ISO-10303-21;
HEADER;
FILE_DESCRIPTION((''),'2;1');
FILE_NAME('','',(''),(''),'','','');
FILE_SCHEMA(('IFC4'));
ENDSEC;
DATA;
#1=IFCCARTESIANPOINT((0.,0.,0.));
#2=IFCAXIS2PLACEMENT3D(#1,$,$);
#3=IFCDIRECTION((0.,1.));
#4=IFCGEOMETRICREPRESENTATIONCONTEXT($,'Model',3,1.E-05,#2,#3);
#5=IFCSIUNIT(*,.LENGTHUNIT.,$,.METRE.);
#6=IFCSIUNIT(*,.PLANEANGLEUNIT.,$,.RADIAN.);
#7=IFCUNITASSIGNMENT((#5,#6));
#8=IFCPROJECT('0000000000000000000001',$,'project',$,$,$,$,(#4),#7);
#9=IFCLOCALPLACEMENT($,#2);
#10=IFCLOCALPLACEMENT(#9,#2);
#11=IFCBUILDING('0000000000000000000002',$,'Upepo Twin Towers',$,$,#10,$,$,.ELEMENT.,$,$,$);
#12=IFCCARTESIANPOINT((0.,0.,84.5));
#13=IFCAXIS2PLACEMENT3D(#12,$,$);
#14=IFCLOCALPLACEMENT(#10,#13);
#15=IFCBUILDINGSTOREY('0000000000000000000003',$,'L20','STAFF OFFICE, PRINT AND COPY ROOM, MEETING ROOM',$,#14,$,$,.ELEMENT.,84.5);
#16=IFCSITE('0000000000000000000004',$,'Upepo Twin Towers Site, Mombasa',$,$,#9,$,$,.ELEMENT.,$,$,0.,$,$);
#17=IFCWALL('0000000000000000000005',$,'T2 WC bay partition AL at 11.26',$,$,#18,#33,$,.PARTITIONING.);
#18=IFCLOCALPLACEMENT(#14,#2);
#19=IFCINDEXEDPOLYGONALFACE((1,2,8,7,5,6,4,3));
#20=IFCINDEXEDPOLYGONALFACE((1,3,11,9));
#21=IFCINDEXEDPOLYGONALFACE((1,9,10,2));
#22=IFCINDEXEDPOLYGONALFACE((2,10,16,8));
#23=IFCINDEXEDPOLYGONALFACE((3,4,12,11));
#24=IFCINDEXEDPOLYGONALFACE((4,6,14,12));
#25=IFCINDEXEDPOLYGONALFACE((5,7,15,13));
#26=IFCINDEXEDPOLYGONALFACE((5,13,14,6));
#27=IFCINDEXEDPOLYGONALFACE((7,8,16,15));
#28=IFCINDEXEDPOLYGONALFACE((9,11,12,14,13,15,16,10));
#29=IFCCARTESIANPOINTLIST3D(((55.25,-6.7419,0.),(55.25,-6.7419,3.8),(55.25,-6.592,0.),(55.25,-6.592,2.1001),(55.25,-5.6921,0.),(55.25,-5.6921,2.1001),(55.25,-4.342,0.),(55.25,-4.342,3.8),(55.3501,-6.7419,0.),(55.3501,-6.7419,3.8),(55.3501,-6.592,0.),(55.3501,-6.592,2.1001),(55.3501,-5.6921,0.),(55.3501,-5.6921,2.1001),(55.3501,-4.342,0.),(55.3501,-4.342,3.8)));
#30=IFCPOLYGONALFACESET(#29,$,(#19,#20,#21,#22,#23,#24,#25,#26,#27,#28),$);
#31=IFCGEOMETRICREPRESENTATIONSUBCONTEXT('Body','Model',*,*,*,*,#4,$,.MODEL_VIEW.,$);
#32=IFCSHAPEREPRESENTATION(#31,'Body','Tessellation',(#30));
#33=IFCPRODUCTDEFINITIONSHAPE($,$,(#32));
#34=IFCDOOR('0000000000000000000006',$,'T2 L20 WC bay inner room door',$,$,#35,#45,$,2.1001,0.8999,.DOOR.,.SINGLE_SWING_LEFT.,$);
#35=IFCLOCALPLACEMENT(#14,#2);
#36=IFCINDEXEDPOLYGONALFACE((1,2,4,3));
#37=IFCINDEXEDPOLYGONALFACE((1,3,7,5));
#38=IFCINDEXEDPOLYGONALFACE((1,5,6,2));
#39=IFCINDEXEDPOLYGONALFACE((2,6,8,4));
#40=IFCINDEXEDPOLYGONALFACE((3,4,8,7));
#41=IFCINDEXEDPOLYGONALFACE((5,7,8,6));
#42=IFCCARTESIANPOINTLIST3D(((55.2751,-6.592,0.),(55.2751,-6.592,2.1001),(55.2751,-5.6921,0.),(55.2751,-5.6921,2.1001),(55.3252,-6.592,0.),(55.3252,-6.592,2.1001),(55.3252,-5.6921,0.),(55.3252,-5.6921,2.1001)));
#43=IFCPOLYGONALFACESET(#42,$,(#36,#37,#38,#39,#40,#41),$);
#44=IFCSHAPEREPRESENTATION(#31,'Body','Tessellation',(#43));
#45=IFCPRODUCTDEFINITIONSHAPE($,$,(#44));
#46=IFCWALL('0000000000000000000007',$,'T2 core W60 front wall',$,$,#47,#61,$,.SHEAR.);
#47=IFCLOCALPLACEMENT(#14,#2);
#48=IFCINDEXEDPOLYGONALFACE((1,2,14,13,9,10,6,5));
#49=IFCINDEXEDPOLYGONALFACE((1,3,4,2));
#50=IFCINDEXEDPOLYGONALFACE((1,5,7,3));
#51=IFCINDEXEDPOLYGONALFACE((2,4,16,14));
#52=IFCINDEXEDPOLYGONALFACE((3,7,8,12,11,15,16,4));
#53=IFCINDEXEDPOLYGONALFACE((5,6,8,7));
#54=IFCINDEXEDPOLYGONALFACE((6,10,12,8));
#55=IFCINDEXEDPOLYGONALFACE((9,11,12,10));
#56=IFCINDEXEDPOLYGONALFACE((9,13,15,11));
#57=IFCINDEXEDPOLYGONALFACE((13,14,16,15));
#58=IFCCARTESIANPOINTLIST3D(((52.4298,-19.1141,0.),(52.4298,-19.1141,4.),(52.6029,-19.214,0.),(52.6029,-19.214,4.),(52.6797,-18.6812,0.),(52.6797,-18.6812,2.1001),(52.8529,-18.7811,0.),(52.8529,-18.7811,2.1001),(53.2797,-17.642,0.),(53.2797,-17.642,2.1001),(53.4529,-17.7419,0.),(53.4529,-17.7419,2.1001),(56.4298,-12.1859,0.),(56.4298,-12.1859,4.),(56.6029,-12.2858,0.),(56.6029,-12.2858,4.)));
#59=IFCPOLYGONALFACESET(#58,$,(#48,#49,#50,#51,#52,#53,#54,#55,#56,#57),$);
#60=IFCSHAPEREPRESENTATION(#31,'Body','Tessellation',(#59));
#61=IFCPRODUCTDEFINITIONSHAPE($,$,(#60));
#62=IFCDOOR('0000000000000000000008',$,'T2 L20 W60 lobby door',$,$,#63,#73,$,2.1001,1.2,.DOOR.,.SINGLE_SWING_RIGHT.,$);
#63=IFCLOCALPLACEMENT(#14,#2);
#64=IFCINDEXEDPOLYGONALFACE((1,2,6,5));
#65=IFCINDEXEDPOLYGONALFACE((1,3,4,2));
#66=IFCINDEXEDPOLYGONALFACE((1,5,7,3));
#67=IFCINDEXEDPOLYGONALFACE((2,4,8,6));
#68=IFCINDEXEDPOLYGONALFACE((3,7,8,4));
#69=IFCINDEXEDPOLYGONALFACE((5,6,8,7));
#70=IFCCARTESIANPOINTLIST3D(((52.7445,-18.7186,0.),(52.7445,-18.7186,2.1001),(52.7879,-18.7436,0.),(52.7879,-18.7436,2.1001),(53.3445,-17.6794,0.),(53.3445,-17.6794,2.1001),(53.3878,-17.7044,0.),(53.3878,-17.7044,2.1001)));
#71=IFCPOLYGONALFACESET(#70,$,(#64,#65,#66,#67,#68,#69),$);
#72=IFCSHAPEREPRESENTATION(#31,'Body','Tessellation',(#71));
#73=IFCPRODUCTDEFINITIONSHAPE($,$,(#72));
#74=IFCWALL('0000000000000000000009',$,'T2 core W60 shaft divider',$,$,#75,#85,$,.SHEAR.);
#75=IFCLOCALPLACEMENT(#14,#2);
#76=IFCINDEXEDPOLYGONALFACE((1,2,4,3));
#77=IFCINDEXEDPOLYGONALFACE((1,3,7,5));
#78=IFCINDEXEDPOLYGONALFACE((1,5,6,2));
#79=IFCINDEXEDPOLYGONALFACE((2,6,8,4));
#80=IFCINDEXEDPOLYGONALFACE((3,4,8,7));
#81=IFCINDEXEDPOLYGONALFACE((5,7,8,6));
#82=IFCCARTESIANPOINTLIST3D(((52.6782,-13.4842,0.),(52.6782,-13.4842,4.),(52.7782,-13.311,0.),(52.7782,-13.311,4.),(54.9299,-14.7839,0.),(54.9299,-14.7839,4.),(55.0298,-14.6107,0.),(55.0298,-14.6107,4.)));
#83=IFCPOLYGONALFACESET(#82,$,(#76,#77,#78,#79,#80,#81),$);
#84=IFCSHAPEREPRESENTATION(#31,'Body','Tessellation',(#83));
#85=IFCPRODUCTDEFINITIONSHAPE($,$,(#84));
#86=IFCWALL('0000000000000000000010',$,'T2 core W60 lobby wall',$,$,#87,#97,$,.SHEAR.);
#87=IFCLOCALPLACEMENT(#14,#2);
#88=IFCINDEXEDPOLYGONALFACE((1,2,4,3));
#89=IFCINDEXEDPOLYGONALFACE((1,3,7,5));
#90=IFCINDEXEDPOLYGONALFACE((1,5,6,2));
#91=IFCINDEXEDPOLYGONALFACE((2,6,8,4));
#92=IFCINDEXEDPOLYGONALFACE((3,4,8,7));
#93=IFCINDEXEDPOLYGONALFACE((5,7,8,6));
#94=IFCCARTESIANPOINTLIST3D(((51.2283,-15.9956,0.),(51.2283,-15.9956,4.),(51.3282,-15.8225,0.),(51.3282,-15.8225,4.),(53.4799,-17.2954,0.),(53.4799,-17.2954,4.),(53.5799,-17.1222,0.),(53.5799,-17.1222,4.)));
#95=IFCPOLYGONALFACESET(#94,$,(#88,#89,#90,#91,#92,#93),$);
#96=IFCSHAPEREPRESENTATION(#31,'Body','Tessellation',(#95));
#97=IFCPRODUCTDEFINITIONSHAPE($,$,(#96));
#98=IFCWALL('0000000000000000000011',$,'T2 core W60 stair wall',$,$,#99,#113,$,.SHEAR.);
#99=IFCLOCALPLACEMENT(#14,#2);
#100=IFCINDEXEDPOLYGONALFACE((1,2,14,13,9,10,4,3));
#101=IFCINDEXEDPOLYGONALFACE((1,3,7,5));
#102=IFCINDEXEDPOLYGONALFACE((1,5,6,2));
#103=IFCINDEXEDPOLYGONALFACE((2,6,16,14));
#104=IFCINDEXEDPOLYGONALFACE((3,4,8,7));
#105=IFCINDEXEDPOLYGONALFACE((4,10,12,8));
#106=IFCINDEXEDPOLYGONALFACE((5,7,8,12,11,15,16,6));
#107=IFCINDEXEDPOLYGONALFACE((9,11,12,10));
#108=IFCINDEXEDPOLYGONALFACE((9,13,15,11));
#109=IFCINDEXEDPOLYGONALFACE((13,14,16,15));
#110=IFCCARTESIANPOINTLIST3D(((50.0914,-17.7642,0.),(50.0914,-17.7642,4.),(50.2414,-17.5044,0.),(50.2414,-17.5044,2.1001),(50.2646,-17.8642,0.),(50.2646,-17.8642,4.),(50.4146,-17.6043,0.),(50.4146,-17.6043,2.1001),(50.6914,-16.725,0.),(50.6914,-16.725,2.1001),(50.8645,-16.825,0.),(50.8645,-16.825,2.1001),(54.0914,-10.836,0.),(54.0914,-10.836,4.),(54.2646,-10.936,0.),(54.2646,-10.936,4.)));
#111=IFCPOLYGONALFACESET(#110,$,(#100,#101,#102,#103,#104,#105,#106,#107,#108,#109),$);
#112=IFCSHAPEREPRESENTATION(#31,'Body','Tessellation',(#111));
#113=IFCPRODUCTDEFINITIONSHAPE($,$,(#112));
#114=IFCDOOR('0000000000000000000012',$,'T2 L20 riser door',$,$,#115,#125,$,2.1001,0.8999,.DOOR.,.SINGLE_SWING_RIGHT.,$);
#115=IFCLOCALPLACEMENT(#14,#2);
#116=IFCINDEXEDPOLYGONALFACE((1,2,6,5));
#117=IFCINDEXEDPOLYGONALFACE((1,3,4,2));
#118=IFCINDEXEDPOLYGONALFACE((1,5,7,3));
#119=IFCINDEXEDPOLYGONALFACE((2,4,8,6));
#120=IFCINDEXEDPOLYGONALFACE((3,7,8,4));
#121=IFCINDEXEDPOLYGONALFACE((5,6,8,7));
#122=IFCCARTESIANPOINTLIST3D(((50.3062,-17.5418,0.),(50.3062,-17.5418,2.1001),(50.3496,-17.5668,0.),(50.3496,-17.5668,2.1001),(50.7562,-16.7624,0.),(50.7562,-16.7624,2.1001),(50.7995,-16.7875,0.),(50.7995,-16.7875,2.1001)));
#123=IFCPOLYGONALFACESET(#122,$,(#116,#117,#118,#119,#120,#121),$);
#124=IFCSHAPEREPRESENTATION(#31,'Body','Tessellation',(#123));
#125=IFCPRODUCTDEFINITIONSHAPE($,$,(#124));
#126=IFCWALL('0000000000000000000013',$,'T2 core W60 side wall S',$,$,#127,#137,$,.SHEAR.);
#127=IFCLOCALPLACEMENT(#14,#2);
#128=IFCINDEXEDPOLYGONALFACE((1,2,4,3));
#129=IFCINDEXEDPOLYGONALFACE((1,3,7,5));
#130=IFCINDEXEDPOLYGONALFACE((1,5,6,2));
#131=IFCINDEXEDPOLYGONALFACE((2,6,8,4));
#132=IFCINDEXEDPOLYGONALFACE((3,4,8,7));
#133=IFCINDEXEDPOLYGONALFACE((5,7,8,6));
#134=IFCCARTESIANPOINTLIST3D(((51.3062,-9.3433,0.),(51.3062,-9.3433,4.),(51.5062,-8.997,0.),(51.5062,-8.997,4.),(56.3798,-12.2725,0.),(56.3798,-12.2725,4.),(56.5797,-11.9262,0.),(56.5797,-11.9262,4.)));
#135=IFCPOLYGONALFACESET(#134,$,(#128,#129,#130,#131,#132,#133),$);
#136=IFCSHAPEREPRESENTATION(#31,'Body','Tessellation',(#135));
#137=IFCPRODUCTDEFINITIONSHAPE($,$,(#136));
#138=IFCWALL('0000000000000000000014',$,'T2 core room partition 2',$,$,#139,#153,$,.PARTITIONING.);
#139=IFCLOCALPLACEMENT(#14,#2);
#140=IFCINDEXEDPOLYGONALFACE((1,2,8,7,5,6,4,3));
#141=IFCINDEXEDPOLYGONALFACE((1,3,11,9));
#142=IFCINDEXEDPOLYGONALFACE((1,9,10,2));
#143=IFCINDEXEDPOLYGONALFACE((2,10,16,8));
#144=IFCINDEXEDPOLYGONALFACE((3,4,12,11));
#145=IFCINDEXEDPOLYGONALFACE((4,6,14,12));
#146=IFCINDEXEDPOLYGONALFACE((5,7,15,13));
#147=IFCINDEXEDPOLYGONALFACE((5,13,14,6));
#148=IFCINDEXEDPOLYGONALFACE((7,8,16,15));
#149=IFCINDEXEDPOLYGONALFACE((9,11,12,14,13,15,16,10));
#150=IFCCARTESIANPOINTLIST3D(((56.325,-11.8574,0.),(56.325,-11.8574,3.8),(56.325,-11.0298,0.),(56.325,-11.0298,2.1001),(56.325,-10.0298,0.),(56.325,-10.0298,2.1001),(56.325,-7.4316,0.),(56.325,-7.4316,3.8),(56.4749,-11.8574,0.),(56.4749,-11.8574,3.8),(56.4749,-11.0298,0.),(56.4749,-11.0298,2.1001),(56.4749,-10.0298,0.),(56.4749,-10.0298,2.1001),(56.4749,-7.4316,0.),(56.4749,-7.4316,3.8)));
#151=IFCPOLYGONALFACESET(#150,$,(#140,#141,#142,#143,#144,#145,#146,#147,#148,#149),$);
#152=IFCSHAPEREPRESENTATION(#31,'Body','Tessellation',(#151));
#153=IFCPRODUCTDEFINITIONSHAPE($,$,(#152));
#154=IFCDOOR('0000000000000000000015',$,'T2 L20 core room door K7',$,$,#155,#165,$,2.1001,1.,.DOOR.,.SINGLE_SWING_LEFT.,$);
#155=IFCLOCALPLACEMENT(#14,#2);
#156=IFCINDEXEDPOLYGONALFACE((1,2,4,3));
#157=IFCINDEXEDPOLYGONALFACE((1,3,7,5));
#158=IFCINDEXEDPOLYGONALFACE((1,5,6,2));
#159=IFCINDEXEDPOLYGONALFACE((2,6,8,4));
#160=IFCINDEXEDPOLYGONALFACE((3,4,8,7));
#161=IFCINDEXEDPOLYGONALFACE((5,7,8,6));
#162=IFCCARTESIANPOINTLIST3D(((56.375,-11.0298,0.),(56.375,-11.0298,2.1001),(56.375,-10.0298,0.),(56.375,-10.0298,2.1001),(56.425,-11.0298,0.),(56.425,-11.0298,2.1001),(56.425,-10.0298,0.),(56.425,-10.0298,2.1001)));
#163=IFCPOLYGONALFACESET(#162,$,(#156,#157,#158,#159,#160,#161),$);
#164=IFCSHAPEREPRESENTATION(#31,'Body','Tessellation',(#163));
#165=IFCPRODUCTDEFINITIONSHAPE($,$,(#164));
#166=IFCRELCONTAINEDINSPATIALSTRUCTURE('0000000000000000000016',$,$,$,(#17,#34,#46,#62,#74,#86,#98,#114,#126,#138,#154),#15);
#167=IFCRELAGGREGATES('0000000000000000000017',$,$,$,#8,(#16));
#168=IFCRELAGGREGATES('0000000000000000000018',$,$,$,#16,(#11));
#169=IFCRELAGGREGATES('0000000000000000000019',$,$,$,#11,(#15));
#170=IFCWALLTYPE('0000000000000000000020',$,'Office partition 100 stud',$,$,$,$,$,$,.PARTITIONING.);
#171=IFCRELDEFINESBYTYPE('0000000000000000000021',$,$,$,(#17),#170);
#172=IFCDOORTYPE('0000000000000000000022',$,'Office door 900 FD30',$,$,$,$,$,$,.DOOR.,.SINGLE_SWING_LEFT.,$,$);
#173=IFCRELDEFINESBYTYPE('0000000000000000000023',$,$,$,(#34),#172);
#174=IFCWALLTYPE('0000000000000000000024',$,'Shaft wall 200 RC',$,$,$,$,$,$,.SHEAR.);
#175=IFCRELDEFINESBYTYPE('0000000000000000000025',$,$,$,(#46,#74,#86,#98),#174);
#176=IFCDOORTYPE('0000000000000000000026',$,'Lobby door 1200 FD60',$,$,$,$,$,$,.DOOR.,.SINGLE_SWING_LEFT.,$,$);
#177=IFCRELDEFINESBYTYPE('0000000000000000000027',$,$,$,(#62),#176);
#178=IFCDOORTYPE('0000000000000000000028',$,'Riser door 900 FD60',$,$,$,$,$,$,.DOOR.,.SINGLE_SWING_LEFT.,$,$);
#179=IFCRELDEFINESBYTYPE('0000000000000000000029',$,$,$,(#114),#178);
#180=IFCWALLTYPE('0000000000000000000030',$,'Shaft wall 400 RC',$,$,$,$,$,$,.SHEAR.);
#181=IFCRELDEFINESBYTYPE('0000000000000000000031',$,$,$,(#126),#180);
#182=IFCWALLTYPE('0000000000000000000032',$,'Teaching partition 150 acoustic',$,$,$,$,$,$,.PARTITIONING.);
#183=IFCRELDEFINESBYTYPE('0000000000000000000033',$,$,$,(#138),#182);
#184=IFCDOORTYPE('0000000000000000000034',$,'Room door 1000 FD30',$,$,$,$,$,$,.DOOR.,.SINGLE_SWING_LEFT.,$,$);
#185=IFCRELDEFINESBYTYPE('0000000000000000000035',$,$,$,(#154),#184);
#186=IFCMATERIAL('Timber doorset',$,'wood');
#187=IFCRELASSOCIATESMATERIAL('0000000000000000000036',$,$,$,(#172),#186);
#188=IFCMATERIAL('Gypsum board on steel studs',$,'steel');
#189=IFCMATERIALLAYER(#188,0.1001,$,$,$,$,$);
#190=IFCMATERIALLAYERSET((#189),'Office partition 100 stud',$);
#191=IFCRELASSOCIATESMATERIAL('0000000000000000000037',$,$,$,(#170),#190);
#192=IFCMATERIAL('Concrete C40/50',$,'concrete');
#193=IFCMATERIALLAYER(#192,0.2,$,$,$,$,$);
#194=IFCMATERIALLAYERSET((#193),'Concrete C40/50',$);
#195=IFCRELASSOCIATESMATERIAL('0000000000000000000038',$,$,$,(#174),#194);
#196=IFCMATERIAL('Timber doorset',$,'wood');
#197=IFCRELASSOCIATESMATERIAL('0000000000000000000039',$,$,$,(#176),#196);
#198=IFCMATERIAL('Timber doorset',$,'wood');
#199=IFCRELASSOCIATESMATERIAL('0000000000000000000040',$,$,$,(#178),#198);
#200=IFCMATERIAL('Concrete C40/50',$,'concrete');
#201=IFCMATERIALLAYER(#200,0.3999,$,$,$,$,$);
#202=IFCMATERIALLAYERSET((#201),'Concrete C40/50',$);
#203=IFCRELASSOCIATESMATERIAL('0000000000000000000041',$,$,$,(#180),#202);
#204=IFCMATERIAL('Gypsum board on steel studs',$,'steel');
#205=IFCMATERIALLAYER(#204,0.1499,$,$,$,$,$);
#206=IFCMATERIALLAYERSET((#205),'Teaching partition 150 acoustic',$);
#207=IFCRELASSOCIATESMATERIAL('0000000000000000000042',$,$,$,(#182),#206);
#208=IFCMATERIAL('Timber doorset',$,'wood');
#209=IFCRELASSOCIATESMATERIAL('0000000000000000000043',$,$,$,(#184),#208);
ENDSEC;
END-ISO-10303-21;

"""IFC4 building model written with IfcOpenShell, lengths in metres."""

from ifc_helpers import new_model, si_unit, direction, frame, frame_2d, origin, place, context, subcontext, project, spatial, rectangle, extrude, material, layer, layer_set, type_object, element, fill, save


model = new_model("IFC4")

# Units and contexts
model_context = context("Model", 3, precision=1e-05, world=origin(), true_north=direction((0.0, 1.0)))
body_context = subcontext(model_context, "Body", "Model", "MODEL_VIEW")
ifc_project = project(units=[si_unit("LENGTHUNIT", "METRE"), si_unit("PLANEANGLEUNIT", "RADIAN")], contexts=[model_context])

# Site, building, storey
site_placement = place(None, origin())
site = spatial("IfcSite", under=ifc_project, at=site_placement, Name="Upepo Twin Towers Site, Mombasa", CompositionType="ELEMENT", RefElevation=0.0)
building_placement = place(site_placement, origin())
building = spatial("IfcBuilding", under=site, at=building_placement, Name="Upepo Twin Towers", CompositionType="ELEMENT")
storey_placement = place(building_placement, frame((0.0, 0.0, 84.5)))
storey = spatial("IfcBuildingStorey", under=building, at=storey_placement, Name="L20", Description="STAFF OFFICE, PRINT AND COPY ROOM, MEETING ROOM", CompositionType="ELEMENT", Elevation=84.5)

# Shared definitions
ifc_material_1 = material(Name="Timber doorset", Category="wood")
door_type_1 = type_object("IfcDoorType", Name="Office door 900 FD30", OperationType="SINGLE_SWING_LEFT", PredefinedType="DOOR", material=ifc_material_1)

# Walls, openings, doors
ifc_material_2 = material(Name="Gypsum board on steel studs", Category="steel")
ifc_layer_1 = layer(ifc_material_2, 0.1001)
ifc_layer_set_1 = layer_set([ifc_layer_1], Name="Office partition 100 stud")
wall_type_1 = type_object("IfcWallType", Name="Office partition 100 stud", PredefinedType="PARTITIONING", material=ifc_layer_set_1)
wall_1_placement = place(storey_placement, frame((55.3, -6.7419, 0.0), z_axis=(0.0, 0.0, 1.0), x_axis=(0.0, 1.0, 0.0)))
wall_1 = element("IfcWall", 1, at=wall_1_placement, inside=storey, type_object=wall_type_1, Name="T2 WC bay partition AL at 11.26", PredefinedType="PARTITIONING", context=body_context, shape_type="SweptSolid", body=[
    extrude(rectangle(XDim=2.3999, YDim=0.1001, at=frame_2d((1.2, 0.0))), origin(), (0.0, 0.0, 1.0), 3.8),
])
opening_1_placement = place(wall_1_placement, frame((0.1499, 0.0, 0.0)))
opening_1 = element("IfcOpeningElement", 2, at=opening_1_placement, cuts=wall_1, PredefinedType="OPENING", context=body_context, shape_type="SweptSolid", body=[
    extrude(rectangle(XDim=0.8999, YDim=2.1001, at=frame_2d((0.45, 1.05))), frame((0.0, 0.0601, 0.0), z_axis=(0.0, -1.0, 0.0), x_axis=(1.0, 0.0, 0.0)), (0.0, 0.0, 1.0), 0.1201),
])
door_1_placement = place(opening_1_placement, origin())
door_1 = element("IfcDoor", 3, at=door_1_placement, inside=storey, type_object=door_type_1, Name="T2 L20 WC bay inner room door", OperationType="SINGLE_SWING_LEFT", OverallHeight=2.1001, OverallWidth=0.8999, PredefinedType="DOOR", context=body_context, shape_type="SweptSolid", body=[
    extrude(rectangle(XDim=0.8999, YDim=2.1001, at=frame_2d((0.45, 1.05))), frame((0.0, 0.0249, 0.0), z_axis=(0.0, -1.0, 0.0), x_axis=(1.0, 0.0, 0.0)), (0.0, 0.0, 1.0), 0.05),
])
fill(opening_1, door_1)
ifc_material_3 = material(Name="Concrete C40/50", Category="concrete")
ifc_layer_2 = layer(ifc_material_3, 0.2)
ifc_layer_set_2 = layer_set([ifc_layer_2], Name="Concrete C40/50")
wall_type_2 = type_object("IfcWallType", Name="Shaft wall 200 RC", PredefinedType="SHEAR", material=ifc_layer_set_2)
wall_2_placement = place(storey_placement, frame((56.5164, -12.2358, 0.0), z_axis=(0.0, 0.0, 1.0), x_axis=(-0.499999, -0.866026, 0.0)))
wall_2 = element("IfcWall", 4, at=wall_2_placement, inside=storey, type_object=wall_type_2, Name="T2 core W60 front wall", PredefinedType="SHEAR", context=body_context, shape_type="SweptSolid", body=[
    extrude(rectangle(XDim=8.0, YDim=0.2, at=frame_2d((4.0, 0.0))), origin(), (0.0, 0.0, 1.0), 4.0),
])
opening_2_placement = place(wall_2_placement, frame((6.3, 0.0, 0.0)))
opening_2 = element("IfcOpeningElement", 5, at=opening_2_placement, cuts=wall_2, PredefinedType="OPENING", context=body_context, shape_type="SweptSolid", body=[
    extrude(rectangle(XDim=1.2, YDim=2.1001, at=frame_2d((0.6001, 1.05))), frame((0.0, 0.1099, 0.0), z_axis=(0.0, -1.0, 0.0), x_axis=(1.0, 0.0, 0.0)), (0.0, 0.0, 1.0), 0.22),
])
ifc_material_4 = material(Name="Timber doorset", Category="wood")
door_type_2 = type_object("IfcDoorType", Name="Lobby door 1200 FD60", OperationType="SINGLE_SWING_LEFT", PredefinedType="DOOR", material=ifc_material_4)
door_2_placement = place(opening_2_placement, origin())
door_2 = element("IfcDoor", 6, at=door_2_placement, inside=storey, type_object=door_type_2, Name="T2 L20 W60 lobby door", OperationType="SINGLE_SWING_RIGHT", OverallHeight=2.1001, OverallWidth=1.2, PredefinedType="DOOR", context=body_context, shape_type="SweptSolid", body=[
    extrude(rectangle(XDim=1.2, YDim=2.1001, at=frame_2d((0.6001, 1.05))), frame((0.0, 0.0249, 0.0), z_axis=(0.0, -1.0, 0.0), x_axis=(1.0, 0.0, 0.0)), (0.0, 0.0, 1.0), 0.05),
])
fill(opening_2, door_2)

# Walls
for number, where, z_axis, x_axis, name in (
    (7, (54.9797, -14.6973, 0.0), (0.0, 0.0, 1.0), (-0.866062, 0.499937, 0.0), "T2 core W60 shaft divider"),
    (8, (53.5298, -17.2087, 0.0), (0.0, 0.0, 1.0), (-0.866062, 0.499937, 0.0), "T2 core W60 lobby wall"),
):
    element("IfcWall", number, at=place(storey_placement, frame(where, z_axis=z_axis, x_axis=x_axis)), inside=storey, type_object=wall_type_2, Name=name, PredefinedType="SHEAR", context=body_context, shape_type="SweptSolid", body=[
        extrude(rectangle(XDim=2.5999, YDim=0.2, at=frame_2d((1.2998, 0.0))), origin(), (0.0, 0.0, 1.0), 4.0),
    ])

# Wall, opening, door
wall_3_placement = place(storey_placement, frame((54.178, -10.886, 0.0), z_axis=(0.0, 0.0, 1.0), x_axis=(-0.499999, -0.866026, 0.0)))
wall_3 = element("IfcWall", 9, at=wall_3_placement, inside=storey, type_object=wall_type_2, Name="T2 core W60 stair wall", PredefinedType="SHEAR", context=body_context, shape_type="SweptSolid", body=[
    extrude(rectangle(XDim=8.0, YDim=0.2, at=frame_2d((4.0, 0.0))), origin(), (0.0, 0.0, 1.0), 4.0),
])
opening_3_placement = place(wall_3_placement, frame((6.8, 0.0, 0.0)))
opening_3 = element("IfcOpeningElement", 10, at=opening_3_placement, cuts=wall_3, PredefinedType="OPENING", context=body_context, shape_type="SweptSolid", body=[
    extrude(rectangle(XDim=0.8999, YDim=2.1001, at=frame_2d((0.45, 1.05))), frame((0.0, 0.1099, 0.0), z_axis=(0.0, -1.0, 0.0), x_axis=(1.0, 0.0, 0.0)), (0.0, 0.0, 1.0), 0.22),
])
ifc_material_5 = material(Name="Timber doorset", Category="wood")
door_type_3 = type_object("IfcDoorType", Name="Riser door 900 FD60", OperationType="SINGLE_SWING_LEFT", PredefinedType="DOOR", material=ifc_material_5)
door_3_placement = place(opening_3_placement, origin())
door_3 = element("IfcDoor", 11, at=door_3_placement, inside=storey, type_object=door_type_3, Name="T2 L20 riser door", OperationType="SINGLE_SWING_RIGHT", OverallHeight=2.1001, OverallWidth=0.8999, PredefinedType="DOOR", context=body_context, shape_type="SweptSolid", body=[
    extrude(rectangle(XDim=0.8999, YDim=2.1001, at=frame_2d((0.45, 1.05))), frame((0.0, 0.0249, 0.0), z_axis=(0.0, -1.0, 0.0), x_axis=(1.0, 0.0, 0.0)), (0.0, 0.0, 1.0), 0.05),
])
fill(opening_3, door_3)

# Wall
ifc_material_6 = material(Name="Concrete C40/50", Category="concrete")
ifc_layer_3 = layer(ifc_material_6, 0.3999)
ifc_layer_set_3 = layer_set([ifc_layer_3], Name="Concrete C40/50")
wall_type_3 = type_object("IfcWallType", Name="Shaft wall 400 RC", PredefinedType="SHEAR", material=ifc_layer_set_3)
wall_4_placement = place(storey_placement, frame((56.4797, -12.0994, 0.0), z_axis=(0.0, 0.0, 1.0), x_axis=(-0.866024, 0.500003, 0.0)))
element("IfcWall", 12, at=wall_4_placement, inside=storey, type_object=wall_type_3, Name="T2 core W60 side wall S", PredefinedType="SHEAR", context=body_context, shape_type="SweptSolid", body=[
    extrude(rectangle(XDim=5.8584, YDim=0.3999, at=frame_2d((2.9292, 0.0))), origin(), (0.0, 0.0, 1.0), 4.0),
])

# Wall, opening, door
ifc_material_7 = material(Name="Gypsum board on steel studs", Category="steel")
ifc_layer_4 = layer(ifc_material_7, 0.1499)
ifc_layer_set_4 = layer_set([ifc_layer_4], Name="Teaching partition 150 acoustic")
wall_type_4 = type_object("IfcWallType", Name="Teaching partition 150 acoustic", PredefinedType="PARTITIONING", material=ifc_layer_set_4)
wall_5_placement = place(storey_placement, frame((56.3999, -11.8574, 0.0), z_axis=(0.0, 0.0, 1.0), x_axis=(0.0, 1.0, 0.0)))
wall_5 = element("IfcWall", 13, at=wall_5_placement, inside=storey, type_object=wall_type_4, Name="T2 core room partition 2", PredefinedType="PARTITIONING", context=body_context, shape_type="SweptSolid", body=[
    extrude(rectangle(XDim=4.4258, YDim=0.1499, at=frame_2d((2.2129, 0.0))), origin(), (0.0, 0.0, 1.0), 3.8),
])
opening_4_placement = place(wall_5_placement, frame((0.8276, 0.0, 0.0)))
opening_4 = element("IfcOpeningElement", 14, at=opening_4_placement, cuts=wall_5, PredefinedType="OPENING", context=body_context, shape_type="SweptSolid", body=[
    extrude(rectangle(XDim=1.0, YDim=2.1001, at=frame_2d((0.5, 1.05))), frame((0.0, 0.085, 0.0), z_axis=(0.0, -1.0, 0.0), x_axis=(1.0, 0.0, 0.0)), (0.0, 0.0, 1.0), 0.1699),
])
ifc_material_8 = material(Name="Timber doorset", Category="wood")
door_type_4 = type_object("IfcDoorType", Name="Room door 1000 FD30", OperationType="SINGLE_SWING_LEFT", PredefinedType="DOOR", material=ifc_material_8)
door_4_placement = place(opening_4_placement, origin())
door_4 = element("IfcDoor", 15, at=door_4_placement, inside=storey, type_object=door_type_4, Name="T2 L20 core room door K7", OperationType="SINGLE_SWING_LEFT", OverallHeight=2.1001, OverallWidth=1.0, PredefinedType="DOOR", context=body_context, shape_type="SweptSolid", body=[
    extrude(rectangle(XDim=1.0, YDim=2.1001, at=frame_2d((0.5, 1.05))), frame((0.0, 0.0249, 0.0), z_axis=(0.0, -1.0, 0.0), x_axis=(1.0, 0.0, 0.0)), (0.0, 0.0, 1.0), 0.05),
])
fill(opening_4, door_4)

save(model, "model.ifc")
